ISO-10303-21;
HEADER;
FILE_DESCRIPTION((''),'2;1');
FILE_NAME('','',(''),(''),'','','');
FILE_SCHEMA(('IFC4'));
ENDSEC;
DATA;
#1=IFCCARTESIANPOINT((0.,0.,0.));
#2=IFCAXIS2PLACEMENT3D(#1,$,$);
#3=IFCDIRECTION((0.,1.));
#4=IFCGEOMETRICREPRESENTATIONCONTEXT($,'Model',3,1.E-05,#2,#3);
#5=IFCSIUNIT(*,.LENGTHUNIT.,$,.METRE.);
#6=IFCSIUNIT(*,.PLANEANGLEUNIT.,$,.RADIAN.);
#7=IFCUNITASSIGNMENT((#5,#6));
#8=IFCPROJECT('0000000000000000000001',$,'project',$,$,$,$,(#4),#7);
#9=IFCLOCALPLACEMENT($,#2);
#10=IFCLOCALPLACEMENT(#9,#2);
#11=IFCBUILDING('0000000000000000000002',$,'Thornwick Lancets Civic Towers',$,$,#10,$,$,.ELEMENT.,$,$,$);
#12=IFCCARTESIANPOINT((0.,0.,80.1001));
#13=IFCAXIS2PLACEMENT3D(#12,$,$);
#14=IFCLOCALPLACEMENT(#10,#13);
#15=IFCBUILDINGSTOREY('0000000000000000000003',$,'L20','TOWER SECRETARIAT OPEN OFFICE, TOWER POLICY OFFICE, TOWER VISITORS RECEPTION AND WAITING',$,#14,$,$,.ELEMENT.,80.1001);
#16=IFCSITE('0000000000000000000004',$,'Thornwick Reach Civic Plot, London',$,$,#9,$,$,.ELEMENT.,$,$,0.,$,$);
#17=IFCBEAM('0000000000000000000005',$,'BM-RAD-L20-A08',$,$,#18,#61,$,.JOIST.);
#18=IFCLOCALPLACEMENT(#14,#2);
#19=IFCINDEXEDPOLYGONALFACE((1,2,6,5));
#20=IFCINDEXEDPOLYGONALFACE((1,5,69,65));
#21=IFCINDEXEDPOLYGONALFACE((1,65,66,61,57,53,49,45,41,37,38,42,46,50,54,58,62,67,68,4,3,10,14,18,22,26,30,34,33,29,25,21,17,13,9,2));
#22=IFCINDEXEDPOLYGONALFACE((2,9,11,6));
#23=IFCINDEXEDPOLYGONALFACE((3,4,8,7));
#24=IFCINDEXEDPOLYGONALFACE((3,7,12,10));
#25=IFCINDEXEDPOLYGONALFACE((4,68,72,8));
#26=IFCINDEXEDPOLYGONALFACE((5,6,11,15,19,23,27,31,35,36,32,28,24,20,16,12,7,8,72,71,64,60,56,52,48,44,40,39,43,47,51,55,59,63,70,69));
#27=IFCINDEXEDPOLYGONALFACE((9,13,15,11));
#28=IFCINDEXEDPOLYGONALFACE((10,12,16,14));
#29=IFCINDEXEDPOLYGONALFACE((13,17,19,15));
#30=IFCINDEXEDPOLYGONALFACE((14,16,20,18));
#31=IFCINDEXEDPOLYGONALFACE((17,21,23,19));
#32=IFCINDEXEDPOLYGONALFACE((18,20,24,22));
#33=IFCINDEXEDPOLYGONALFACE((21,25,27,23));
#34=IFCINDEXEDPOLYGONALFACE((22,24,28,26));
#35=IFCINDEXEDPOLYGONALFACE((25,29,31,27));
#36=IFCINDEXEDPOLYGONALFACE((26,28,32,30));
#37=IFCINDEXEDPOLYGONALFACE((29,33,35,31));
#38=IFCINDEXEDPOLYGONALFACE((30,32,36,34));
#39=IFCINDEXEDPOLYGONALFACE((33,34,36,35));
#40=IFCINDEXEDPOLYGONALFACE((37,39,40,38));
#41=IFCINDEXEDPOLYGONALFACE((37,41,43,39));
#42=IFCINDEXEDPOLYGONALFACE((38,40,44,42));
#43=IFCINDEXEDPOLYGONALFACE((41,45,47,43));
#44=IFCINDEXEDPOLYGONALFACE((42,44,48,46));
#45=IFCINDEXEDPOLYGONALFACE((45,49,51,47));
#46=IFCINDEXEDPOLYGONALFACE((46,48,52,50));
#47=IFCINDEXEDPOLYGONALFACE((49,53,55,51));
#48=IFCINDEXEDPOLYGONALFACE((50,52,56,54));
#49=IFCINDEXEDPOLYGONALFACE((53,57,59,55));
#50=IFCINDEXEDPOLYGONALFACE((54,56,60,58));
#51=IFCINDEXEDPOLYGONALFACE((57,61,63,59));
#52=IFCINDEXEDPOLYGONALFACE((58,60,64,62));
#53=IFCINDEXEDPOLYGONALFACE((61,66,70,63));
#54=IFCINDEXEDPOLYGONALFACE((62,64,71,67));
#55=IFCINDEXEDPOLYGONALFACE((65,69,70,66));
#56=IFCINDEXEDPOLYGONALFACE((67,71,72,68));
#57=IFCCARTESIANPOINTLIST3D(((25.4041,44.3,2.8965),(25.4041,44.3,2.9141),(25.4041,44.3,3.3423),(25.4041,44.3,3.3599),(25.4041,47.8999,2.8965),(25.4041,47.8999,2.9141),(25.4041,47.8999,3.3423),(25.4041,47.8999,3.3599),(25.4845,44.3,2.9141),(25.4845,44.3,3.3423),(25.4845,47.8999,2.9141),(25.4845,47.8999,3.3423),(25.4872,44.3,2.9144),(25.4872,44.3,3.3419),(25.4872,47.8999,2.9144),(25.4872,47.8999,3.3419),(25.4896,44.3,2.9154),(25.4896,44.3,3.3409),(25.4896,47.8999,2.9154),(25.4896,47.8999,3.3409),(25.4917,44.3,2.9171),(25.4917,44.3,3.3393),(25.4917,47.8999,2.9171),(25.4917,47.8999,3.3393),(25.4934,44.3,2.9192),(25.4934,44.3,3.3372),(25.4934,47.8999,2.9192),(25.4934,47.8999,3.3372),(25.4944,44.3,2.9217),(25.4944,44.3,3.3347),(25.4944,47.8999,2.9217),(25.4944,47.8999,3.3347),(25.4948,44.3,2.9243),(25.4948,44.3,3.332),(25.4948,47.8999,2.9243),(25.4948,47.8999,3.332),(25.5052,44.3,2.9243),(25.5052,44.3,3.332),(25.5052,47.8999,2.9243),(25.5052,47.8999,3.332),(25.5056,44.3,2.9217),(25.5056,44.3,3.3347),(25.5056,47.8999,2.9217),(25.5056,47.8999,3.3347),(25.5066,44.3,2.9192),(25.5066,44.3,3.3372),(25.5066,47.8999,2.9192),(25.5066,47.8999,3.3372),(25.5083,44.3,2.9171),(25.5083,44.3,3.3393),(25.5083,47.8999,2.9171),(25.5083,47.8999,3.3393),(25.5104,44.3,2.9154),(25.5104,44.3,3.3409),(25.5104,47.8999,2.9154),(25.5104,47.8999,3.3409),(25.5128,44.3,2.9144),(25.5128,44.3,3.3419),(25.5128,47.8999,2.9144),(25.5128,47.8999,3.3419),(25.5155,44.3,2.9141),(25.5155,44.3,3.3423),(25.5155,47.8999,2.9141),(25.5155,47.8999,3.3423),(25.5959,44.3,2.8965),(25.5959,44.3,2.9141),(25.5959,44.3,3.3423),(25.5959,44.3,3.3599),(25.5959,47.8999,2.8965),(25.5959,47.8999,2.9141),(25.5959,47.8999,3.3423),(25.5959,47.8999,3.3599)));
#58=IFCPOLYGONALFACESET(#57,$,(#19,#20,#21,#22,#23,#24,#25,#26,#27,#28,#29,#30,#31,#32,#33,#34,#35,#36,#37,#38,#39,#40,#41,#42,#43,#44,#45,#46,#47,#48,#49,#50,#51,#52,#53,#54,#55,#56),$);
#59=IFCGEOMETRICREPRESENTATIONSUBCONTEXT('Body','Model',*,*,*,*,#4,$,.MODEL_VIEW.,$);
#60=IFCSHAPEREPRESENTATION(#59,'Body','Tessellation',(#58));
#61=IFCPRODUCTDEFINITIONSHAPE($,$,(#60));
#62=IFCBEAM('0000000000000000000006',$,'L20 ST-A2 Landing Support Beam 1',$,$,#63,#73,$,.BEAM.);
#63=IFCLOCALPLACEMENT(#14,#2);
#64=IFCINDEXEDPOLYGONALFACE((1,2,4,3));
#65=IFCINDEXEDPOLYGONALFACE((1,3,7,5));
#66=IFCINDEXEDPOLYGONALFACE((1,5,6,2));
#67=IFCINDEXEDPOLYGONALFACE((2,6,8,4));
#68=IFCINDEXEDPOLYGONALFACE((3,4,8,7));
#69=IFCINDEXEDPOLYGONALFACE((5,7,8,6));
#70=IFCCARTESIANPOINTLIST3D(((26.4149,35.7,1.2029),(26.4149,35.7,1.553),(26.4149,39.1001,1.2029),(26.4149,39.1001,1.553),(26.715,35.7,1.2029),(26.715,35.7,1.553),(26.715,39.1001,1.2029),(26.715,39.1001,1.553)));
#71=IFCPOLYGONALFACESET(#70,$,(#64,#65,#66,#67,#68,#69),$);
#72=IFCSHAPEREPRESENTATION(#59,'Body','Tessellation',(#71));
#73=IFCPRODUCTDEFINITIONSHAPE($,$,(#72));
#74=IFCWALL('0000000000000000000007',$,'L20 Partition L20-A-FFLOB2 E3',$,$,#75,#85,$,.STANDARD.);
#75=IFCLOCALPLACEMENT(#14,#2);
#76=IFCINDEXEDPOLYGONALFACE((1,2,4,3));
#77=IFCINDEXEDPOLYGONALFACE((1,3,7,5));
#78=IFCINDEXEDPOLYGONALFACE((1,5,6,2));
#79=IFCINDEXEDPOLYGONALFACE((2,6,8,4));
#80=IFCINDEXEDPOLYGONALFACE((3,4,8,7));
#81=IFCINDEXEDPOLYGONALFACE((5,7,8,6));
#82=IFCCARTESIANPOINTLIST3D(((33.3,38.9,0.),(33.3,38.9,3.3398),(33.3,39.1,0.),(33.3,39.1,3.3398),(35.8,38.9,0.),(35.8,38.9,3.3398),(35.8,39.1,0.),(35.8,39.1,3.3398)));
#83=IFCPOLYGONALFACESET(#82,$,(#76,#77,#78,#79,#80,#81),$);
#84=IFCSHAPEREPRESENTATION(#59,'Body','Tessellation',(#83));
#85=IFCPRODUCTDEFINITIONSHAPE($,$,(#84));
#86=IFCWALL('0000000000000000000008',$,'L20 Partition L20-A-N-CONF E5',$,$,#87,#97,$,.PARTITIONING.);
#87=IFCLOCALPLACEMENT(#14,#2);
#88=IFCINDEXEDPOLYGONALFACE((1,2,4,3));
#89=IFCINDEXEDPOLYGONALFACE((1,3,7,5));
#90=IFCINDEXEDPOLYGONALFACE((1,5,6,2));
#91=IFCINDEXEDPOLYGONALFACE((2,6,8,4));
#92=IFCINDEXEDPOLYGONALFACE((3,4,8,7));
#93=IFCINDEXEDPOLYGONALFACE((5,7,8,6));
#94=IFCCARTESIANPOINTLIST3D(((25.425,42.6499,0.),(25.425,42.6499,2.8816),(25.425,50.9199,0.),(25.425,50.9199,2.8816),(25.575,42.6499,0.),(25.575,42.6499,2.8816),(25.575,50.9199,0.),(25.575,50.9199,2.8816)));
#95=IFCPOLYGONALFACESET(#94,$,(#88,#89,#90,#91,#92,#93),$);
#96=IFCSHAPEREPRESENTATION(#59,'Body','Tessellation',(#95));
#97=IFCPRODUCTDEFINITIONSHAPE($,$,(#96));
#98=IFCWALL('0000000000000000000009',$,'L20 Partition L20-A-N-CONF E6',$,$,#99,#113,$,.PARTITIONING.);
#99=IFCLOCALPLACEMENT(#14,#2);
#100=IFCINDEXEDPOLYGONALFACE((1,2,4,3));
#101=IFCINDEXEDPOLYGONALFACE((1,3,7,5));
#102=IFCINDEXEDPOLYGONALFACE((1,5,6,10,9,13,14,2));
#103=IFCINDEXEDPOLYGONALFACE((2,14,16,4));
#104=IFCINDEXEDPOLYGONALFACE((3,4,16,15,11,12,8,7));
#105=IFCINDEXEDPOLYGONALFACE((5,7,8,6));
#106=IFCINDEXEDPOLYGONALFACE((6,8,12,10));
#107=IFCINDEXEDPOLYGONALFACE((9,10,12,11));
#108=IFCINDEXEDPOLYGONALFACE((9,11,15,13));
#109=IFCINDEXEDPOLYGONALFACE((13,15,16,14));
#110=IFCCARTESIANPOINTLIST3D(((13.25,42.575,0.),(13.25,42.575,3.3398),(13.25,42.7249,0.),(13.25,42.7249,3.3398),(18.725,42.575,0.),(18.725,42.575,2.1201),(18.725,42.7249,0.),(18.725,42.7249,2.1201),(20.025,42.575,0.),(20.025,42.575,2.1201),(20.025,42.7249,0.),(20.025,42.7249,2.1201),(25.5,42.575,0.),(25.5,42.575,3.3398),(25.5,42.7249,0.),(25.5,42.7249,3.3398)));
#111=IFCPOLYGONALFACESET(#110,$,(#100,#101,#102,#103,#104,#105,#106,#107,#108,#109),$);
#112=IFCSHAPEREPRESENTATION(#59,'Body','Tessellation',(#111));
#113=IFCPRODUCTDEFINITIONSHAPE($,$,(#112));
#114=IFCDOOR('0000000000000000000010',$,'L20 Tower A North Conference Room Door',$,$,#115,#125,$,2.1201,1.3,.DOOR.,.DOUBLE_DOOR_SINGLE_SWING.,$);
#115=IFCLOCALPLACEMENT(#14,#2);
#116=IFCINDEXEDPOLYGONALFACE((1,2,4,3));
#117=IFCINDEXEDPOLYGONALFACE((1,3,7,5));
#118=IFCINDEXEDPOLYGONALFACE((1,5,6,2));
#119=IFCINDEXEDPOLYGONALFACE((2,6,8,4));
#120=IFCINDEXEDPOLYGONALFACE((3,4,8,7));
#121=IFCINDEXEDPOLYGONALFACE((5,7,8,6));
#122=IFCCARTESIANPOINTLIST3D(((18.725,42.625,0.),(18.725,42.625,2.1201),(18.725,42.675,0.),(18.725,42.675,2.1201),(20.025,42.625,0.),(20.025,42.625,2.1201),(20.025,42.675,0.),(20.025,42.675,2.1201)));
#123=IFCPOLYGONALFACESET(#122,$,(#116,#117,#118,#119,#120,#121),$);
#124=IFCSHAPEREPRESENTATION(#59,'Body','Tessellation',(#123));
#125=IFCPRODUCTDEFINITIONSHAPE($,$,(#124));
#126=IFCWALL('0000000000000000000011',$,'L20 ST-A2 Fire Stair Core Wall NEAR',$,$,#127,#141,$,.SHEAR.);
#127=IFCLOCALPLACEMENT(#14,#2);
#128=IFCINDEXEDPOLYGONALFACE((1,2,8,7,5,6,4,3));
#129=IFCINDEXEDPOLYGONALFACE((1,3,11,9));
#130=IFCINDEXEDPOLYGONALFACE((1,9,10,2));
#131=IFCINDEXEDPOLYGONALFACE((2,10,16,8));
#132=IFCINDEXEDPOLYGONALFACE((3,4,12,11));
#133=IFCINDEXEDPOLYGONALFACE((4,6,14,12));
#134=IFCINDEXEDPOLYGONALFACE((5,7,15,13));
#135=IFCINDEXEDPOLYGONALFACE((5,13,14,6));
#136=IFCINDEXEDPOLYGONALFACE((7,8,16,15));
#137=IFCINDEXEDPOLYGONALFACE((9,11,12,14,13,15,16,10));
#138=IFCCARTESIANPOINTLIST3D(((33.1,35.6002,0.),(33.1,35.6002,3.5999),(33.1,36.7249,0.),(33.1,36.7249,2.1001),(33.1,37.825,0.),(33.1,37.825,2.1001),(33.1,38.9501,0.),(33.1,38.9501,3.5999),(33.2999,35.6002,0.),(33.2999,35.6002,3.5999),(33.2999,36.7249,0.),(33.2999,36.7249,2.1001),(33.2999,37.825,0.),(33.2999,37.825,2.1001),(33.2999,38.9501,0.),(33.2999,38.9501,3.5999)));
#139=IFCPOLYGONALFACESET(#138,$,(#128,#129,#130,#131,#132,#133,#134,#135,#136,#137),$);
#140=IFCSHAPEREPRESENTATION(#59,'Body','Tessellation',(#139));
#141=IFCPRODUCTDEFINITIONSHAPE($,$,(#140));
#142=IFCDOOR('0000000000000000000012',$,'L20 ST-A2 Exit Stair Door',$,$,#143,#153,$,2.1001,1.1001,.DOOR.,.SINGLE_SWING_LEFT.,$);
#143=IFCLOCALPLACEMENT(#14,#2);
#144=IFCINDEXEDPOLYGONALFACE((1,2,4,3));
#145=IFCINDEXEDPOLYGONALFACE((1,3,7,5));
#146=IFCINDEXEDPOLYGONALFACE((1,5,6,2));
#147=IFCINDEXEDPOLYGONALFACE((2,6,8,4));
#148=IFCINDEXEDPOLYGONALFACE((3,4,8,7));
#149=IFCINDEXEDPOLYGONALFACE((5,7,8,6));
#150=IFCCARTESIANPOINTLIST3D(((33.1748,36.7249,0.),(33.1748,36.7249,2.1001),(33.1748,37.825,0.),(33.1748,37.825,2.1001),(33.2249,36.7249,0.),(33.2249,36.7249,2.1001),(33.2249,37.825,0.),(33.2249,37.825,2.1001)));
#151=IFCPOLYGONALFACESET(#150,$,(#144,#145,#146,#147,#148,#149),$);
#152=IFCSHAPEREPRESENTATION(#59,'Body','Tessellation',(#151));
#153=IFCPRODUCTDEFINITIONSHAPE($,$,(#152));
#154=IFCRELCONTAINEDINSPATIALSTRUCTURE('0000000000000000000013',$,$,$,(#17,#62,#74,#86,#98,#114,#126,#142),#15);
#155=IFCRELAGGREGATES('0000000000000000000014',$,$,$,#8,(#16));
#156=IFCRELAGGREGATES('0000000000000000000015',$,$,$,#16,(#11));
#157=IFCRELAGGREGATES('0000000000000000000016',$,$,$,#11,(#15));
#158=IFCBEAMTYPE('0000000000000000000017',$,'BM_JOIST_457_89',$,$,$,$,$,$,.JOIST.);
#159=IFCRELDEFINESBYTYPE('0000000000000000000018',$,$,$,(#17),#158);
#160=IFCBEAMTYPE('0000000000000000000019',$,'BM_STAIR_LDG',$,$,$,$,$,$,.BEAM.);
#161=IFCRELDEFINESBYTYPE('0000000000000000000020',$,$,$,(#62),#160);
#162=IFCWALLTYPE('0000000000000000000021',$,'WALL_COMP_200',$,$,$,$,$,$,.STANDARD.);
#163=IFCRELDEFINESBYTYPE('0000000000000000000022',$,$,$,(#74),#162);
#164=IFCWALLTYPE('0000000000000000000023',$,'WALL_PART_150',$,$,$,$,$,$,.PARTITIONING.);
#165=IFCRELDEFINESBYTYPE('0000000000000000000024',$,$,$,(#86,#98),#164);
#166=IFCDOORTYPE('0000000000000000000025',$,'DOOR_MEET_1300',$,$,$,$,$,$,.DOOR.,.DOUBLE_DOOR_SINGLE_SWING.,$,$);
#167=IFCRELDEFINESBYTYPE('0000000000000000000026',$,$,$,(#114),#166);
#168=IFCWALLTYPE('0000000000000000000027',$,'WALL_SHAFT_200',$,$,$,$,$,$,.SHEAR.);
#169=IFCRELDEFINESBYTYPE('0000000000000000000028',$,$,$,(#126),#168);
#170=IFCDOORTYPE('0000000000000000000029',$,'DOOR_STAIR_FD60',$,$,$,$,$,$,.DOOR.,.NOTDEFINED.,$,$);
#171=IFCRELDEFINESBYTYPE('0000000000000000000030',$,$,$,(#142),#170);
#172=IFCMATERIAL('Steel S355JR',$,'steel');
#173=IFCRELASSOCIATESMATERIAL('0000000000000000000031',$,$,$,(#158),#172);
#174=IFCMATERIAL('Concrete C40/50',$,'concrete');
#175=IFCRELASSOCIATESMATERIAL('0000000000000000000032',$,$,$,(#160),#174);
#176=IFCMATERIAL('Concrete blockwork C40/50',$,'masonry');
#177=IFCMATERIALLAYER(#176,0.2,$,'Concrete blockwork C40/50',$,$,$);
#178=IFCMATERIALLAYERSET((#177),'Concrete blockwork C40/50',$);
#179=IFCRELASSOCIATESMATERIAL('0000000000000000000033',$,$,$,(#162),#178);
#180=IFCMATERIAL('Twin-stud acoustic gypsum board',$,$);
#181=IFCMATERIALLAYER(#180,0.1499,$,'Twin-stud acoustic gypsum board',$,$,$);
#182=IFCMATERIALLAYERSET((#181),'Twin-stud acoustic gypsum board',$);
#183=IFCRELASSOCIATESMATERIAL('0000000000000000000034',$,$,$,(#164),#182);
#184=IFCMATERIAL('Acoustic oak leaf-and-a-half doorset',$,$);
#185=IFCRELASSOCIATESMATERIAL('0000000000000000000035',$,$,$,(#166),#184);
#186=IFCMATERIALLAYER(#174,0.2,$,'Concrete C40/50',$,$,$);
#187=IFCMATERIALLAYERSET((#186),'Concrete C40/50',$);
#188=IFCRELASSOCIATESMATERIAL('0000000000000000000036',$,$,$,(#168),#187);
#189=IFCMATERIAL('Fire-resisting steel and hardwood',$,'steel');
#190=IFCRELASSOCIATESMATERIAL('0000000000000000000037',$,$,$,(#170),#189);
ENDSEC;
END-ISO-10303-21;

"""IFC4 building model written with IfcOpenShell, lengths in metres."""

from ifc_helpers import new_model, si_unit, direction, frame, frame_2d, origin, origin_2d, place, context, subcontext, project, spatial, rectangle, i_section, extrude, material, layer, layer_set, material_profile, profile_set, type_object, element, fill, save


model = new_model("IFC4")

# Units and contexts
model_context = context("Model", 3, precision=1e-05, world=origin(), true_north=direction((0.0, 1.0)))
body_context = subcontext(model_context, "Body", "Model", "MODEL_VIEW")
ifc_project = project(units=[si_unit("LENGTHUNIT", "METRE"), si_unit("PLANEANGLEUNIT", "RADIAN")], contexts=[model_context])

# Site, building, storey
site_placement = place(None, origin())
site = spatial("IfcSite", under=ifc_project, at=site_placement, Name="Thornwick Reach Civic Plot, London", CompositionType="ELEMENT", RefElevation=0.0)
building_placement = place(site_placement, origin())
building = spatial("IfcBuilding", under=site, at=building_placement, Name="Thornwick Lancets Civic Towers", CompositionType="ELEMENT")
storey_placement = place(building_placement, frame((0.0, 0.0, 80.1001)))
storey = spatial("IfcBuildingStorey", under=building, at=storey_placement, Name="L20", Description="TOWER SECRETARIAT OPEN OFFICE, TOWER POLICY OFFICE, TOWER VISITORS RECEPTION AND WAITING", CompositionType="ELEMENT", Elevation=80.1001)

# Beams
ifc_material_1 = material(Name="Steel S355JR", Category="steel")
ifc_material_profile_1 = material_profile(ifc_material_1, i_section(OverallWidth=0.1919, OverallDepth=0.4634, WebThickness=0.0105, FlangeThickness=0.0176, FilletRadius=0.0103, at=origin_2d()), Name="UKB 457x191x89")
ifc_profile_set_1 = profile_set([ifc_material_profile_1], Name="Steel S355JR")
beam_type_1 = type_object("IfcBeamType", Name="BM_JOIST_457_89", PredefinedType="JOIST", material=ifc_profile_set_1)
beam_1_placement = place(storey_placement, frame((25.5, 44.3, 3.1282), z_axis=(0.0, 1.0, 0.0), x_axis=(-1.0, 0.0, 0.0)))
element("IfcBeam", 1, at=beam_1_placement, inside=storey, type_object=beam_type_1, Name="BM-RAD-L20-A08", PredefinedType="JOIST", context=body_context, shape_type="SweptSolid", body=[
    extrude(i_section(OverallWidth=0.1919, OverallDepth=0.4634, WebThickness=0.0105, FlangeThickness=0.0176, FilletRadius=0.0103, at=origin_2d()), origin(), (0.0, 0.0, 1.0), 3.5999),
])
ifc_material_2 = material(Name="Concrete C40/50", Category="concrete")
ifc_material_profile_2 = material_profile(ifc_material_2, rectangle(XDim=0.3, YDim=0.3501, at=origin_2d()), Name="RC 300x350")
ifc_profile_set_2 = profile_set([ifc_material_profile_2], Name="Concrete C40/50")
beam_type_2 = type_object("IfcBeamType", Name="BM_STAIR_LDG", PredefinedType="BEAM", material=ifc_profile_set_2)
beam_2_placement = place(storey_placement, frame((26.5649, 39.1001, 1.3779), z_axis=(0.0, -1.0, 0.0), x_axis=(1.0, 0.0, 0.0)))
element("IfcBeam", 2, at=beam_2_placement, inside=storey, type_object=beam_type_2, Name="L20 ST-A2 Landing Support Beam 1", PredefinedType="BEAM", context=body_context, shape_type="SweptSolid", body=[
    extrude(rectangle(XDim=0.3, YDim=0.3501, at=origin_2d()), origin(), (0.0, 0.0, 1.0), 3.4001),
])

# Walls
ifc_material_3 = material(Name="Concrete blockwork C40/50", Category="masonry")
ifc_layer_1 = layer(ifc_material_3, 0.2, Name="Concrete blockwork C40/50")
ifc_layer_set_1 = layer_set([ifc_layer_1], Name="Concrete blockwork C40/50")
wall_type_1 = type_object("IfcWallType", Name="WALL_COMP_200", PredefinedType="STANDARD", material=ifc_layer_set_1)
wall_1_placement = place(storey_placement, frame((35.8, 39.0, 0.0), z_axis=(0.0, 0.0, 1.0), x_axis=(-1.0, 0.0, 0.0)))
element("IfcWall", 3, at=wall_1_placement, inside=storey, type_object=wall_type_1, Name="L20 Partition L20-A-FFLOB2 E3", PredefinedType="STANDARD", context=body_context, shape_type="SweptSolid", body=[
    extrude(rectangle(XDim=2.5, YDim=0.2, at=frame_2d((1.25, 0.0))), origin(), (0.0, 0.0, 1.0), 3.3398),
])
ifc_material_4 = material(Name="Twin-stud acoustic gypsum board")
ifc_layer_2 = layer(ifc_material_4, 0.1499, Name="Twin-stud acoustic gypsum board")
ifc_layer_set_2 = layer_set([ifc_layer_2], Name="Twin-stud acoustic gypsum board")
wall_type_2 = type_object("IfcWallType", Name="WALL_PART_150", PredefinedType="PARTITIONING", material=ifc_layer_set_2)
wall_2_placement = place(storey_placement, frame((25.5, 50.9199, 0.0), z_axis=(0.0, 0.0, 1.0), x_axis=(0.0, -1.0, 0.0)))
element("IfcWall", 4, at=wall_2_placement, inside=storey, type_object=wall_type_2, Name="L20 Partition L20-A-N-CONF E5", PredefinedType="PARTITIONING", context=body_context, shape_type="SweptSolid", body=[
    extrude(rectangle(XDim=8.27, YDim=0.1499, at=frame_2d((4.135, 0.0))), origin(), (0.0, 0.0, 1.0), 2.8816),
])

# Walls, openings, doors
wall_3_placement = place(storey_placement, frame((25.5, 42.6499, 0.0), z_axis=(0.0, 0.0, 1.0), x_axis=(-1.0, 0.0, 0.0)))
wall_3 = element("IfcWall", 5, at=wall_3_placement, inside=storey, type_object=wall_type_2, Name="L20 Partition L20-A-N-CONF E6", PredefinedType="PARTITIONING", context=body_context, shape_type="SweptSolid", body=[
    extrude(rectangle(XDim=12.25, YDim=0.1499, at=frame_2d((6.125, 0.0))), origin(), (0.0, 0.0, 1.0), 3.3398),
])
opening_1_placement = place(wall_3_placement, frame((5.4751, 0.0, 0.0)))
opening_1 = element("IfcOpeningElement", 6, at=opening_1_placement, cuts=wall_3, PredefinedType="OPENING", context=body_context, shape_type="SweptSolid", body=[
    extrude(rectangle(XDim=1.3, YDim=2.1201, at=frame_2d((0.6499, 1.0601))), frame((0.0, 0.085, 0.0), z_axis=(0.0, -1.0, 0.0), x_axis=(1.0, 0.0, 0.0)), (0.0, 0.0, 1.0), 0.1699),
])
ifc_material_5 = material(Name="Acoustic oak leaf-and-a-half doorset")
door_type_1 = type_object("IfcDoorType", Name="DOOR_MEET_1300", OperationType="DOUBLE_DOOR_SINGLE_SWING", PredefinedType="DOOR", material=ifc_material_5)
door_1_placement = place(opening_1_placement, origin())
door_1 = element("IfcDoor", 7, at=door_1_placement, inside=storey, type_object=door_type_1, Name="L20 Tower A North Conference Room Door", OperationType="DOUBLE_DOOR_SINGLE_SWING", OverallHeight=2.1201, OverallWidth=1.3, PredefinedType="DOOR", context=body_context, shape_type="SweptSolid", body=[
    extrude(rectangle(XDim=1.3, YDim=2.1201, at=frame_2d((0.6499, 1.0601))), frame((0.0, 0.0249, 0.0), z_axis=(0.0, -1.0, 0.0), x_axis=(1.0, 0.0, 0.0)), (0.0, 0.0, 1.0), 0.05),
])
fill(opening_1, door_1)
ifc_layer_3 = layer(ifc_material_2, 0.2, Name="Concrete C40/50")
ifc_layer_set_3 = layer_set([ifc_layer_3], Name="Concrete C40/50")
wall_type_3 = type_object("IfcWallType", Name="WALL_SHAFT_200", PredefinedType="SHEAR", material=ifc_layer_set_3)
wall_4_placement = place(storey_placement, frame((33.2, 38.95, 0.0), z_axis=(0.0, 0.0, 1.0), x_axis=(0.0, -1.0, 0.0)))
wall_4 = element("IfcWall", 8, at=wall_4_placement, inside=storey, type_object=wall_type_3, Name="L20 ST-A2 Fire Stair Core Wall NEAR", PredefinedType="SHEAR", context=body_context, shape_type="SweptSolid", body=[
    extrude(rectangle(XDim=3.3499, YDim=0.2, at=frame_2d((1.6748, 0.0))), origin(), (0.0, 0.0, 1.0), 3.5999),
])
opening_2_placement = place(wall_4_placement, frame((1.125, 0.0, 0.0)))
opening_2 = element("IfcOpeningElement", 9, at=opening_2_placement, cuts=wall_4, PredefinedType="OPENING", context=body_context, shape_type="SweptSolid", body=[
    extrude(rectangle(XDim=1.1001, YDim=2.1001, at=frame_2d((0.55, 1.05))), frame((0.0, 0.1099, 0.0), z_axis=(0.0, -1.0, 0.0), x_axis=(1.0, 0.0, 0.0)), (0.0, 0.0, 1.0), 0.22),
])
ifc_material_6 = material(Name="Fire-resisting steel and hardwood", Category="steel")
door_type_2 = type_object("IfcDoorType", Name="DOOR_STAIR_FD60", OperationType="NOTDEFINED", PredefinedType="DOOR", material=ifc_material_6)
door_2_placement = place(opening_2_placement, origin())
door_2 = element("IfcDoor", 10, at=door_2_placement, inside=storey, type_object=door_type_2, Name="L20 ST-A2 Exit Stair Door", OperationType="SINGLE_SWING_LEFT", OverallHeight=2.1001, OverallWidth=1.1001, PredefinedType="DOOR", context=body_context, shape_type="SweptSolid", body=[
    extrude(rectangle(XDim=1.1001, YDim=2.1001, at=frame_2d((0.55, 1.05))), frame((0.0, 0.0249, 0.0), z_axis=(0.0, -1.0, 0.0), x_axis=(1.0, 0.0, 0.0)), (0.0, 0.0, 1.0), 0.05),
])
fill(opening_2, door_2)

save(model, "model.ifc")
